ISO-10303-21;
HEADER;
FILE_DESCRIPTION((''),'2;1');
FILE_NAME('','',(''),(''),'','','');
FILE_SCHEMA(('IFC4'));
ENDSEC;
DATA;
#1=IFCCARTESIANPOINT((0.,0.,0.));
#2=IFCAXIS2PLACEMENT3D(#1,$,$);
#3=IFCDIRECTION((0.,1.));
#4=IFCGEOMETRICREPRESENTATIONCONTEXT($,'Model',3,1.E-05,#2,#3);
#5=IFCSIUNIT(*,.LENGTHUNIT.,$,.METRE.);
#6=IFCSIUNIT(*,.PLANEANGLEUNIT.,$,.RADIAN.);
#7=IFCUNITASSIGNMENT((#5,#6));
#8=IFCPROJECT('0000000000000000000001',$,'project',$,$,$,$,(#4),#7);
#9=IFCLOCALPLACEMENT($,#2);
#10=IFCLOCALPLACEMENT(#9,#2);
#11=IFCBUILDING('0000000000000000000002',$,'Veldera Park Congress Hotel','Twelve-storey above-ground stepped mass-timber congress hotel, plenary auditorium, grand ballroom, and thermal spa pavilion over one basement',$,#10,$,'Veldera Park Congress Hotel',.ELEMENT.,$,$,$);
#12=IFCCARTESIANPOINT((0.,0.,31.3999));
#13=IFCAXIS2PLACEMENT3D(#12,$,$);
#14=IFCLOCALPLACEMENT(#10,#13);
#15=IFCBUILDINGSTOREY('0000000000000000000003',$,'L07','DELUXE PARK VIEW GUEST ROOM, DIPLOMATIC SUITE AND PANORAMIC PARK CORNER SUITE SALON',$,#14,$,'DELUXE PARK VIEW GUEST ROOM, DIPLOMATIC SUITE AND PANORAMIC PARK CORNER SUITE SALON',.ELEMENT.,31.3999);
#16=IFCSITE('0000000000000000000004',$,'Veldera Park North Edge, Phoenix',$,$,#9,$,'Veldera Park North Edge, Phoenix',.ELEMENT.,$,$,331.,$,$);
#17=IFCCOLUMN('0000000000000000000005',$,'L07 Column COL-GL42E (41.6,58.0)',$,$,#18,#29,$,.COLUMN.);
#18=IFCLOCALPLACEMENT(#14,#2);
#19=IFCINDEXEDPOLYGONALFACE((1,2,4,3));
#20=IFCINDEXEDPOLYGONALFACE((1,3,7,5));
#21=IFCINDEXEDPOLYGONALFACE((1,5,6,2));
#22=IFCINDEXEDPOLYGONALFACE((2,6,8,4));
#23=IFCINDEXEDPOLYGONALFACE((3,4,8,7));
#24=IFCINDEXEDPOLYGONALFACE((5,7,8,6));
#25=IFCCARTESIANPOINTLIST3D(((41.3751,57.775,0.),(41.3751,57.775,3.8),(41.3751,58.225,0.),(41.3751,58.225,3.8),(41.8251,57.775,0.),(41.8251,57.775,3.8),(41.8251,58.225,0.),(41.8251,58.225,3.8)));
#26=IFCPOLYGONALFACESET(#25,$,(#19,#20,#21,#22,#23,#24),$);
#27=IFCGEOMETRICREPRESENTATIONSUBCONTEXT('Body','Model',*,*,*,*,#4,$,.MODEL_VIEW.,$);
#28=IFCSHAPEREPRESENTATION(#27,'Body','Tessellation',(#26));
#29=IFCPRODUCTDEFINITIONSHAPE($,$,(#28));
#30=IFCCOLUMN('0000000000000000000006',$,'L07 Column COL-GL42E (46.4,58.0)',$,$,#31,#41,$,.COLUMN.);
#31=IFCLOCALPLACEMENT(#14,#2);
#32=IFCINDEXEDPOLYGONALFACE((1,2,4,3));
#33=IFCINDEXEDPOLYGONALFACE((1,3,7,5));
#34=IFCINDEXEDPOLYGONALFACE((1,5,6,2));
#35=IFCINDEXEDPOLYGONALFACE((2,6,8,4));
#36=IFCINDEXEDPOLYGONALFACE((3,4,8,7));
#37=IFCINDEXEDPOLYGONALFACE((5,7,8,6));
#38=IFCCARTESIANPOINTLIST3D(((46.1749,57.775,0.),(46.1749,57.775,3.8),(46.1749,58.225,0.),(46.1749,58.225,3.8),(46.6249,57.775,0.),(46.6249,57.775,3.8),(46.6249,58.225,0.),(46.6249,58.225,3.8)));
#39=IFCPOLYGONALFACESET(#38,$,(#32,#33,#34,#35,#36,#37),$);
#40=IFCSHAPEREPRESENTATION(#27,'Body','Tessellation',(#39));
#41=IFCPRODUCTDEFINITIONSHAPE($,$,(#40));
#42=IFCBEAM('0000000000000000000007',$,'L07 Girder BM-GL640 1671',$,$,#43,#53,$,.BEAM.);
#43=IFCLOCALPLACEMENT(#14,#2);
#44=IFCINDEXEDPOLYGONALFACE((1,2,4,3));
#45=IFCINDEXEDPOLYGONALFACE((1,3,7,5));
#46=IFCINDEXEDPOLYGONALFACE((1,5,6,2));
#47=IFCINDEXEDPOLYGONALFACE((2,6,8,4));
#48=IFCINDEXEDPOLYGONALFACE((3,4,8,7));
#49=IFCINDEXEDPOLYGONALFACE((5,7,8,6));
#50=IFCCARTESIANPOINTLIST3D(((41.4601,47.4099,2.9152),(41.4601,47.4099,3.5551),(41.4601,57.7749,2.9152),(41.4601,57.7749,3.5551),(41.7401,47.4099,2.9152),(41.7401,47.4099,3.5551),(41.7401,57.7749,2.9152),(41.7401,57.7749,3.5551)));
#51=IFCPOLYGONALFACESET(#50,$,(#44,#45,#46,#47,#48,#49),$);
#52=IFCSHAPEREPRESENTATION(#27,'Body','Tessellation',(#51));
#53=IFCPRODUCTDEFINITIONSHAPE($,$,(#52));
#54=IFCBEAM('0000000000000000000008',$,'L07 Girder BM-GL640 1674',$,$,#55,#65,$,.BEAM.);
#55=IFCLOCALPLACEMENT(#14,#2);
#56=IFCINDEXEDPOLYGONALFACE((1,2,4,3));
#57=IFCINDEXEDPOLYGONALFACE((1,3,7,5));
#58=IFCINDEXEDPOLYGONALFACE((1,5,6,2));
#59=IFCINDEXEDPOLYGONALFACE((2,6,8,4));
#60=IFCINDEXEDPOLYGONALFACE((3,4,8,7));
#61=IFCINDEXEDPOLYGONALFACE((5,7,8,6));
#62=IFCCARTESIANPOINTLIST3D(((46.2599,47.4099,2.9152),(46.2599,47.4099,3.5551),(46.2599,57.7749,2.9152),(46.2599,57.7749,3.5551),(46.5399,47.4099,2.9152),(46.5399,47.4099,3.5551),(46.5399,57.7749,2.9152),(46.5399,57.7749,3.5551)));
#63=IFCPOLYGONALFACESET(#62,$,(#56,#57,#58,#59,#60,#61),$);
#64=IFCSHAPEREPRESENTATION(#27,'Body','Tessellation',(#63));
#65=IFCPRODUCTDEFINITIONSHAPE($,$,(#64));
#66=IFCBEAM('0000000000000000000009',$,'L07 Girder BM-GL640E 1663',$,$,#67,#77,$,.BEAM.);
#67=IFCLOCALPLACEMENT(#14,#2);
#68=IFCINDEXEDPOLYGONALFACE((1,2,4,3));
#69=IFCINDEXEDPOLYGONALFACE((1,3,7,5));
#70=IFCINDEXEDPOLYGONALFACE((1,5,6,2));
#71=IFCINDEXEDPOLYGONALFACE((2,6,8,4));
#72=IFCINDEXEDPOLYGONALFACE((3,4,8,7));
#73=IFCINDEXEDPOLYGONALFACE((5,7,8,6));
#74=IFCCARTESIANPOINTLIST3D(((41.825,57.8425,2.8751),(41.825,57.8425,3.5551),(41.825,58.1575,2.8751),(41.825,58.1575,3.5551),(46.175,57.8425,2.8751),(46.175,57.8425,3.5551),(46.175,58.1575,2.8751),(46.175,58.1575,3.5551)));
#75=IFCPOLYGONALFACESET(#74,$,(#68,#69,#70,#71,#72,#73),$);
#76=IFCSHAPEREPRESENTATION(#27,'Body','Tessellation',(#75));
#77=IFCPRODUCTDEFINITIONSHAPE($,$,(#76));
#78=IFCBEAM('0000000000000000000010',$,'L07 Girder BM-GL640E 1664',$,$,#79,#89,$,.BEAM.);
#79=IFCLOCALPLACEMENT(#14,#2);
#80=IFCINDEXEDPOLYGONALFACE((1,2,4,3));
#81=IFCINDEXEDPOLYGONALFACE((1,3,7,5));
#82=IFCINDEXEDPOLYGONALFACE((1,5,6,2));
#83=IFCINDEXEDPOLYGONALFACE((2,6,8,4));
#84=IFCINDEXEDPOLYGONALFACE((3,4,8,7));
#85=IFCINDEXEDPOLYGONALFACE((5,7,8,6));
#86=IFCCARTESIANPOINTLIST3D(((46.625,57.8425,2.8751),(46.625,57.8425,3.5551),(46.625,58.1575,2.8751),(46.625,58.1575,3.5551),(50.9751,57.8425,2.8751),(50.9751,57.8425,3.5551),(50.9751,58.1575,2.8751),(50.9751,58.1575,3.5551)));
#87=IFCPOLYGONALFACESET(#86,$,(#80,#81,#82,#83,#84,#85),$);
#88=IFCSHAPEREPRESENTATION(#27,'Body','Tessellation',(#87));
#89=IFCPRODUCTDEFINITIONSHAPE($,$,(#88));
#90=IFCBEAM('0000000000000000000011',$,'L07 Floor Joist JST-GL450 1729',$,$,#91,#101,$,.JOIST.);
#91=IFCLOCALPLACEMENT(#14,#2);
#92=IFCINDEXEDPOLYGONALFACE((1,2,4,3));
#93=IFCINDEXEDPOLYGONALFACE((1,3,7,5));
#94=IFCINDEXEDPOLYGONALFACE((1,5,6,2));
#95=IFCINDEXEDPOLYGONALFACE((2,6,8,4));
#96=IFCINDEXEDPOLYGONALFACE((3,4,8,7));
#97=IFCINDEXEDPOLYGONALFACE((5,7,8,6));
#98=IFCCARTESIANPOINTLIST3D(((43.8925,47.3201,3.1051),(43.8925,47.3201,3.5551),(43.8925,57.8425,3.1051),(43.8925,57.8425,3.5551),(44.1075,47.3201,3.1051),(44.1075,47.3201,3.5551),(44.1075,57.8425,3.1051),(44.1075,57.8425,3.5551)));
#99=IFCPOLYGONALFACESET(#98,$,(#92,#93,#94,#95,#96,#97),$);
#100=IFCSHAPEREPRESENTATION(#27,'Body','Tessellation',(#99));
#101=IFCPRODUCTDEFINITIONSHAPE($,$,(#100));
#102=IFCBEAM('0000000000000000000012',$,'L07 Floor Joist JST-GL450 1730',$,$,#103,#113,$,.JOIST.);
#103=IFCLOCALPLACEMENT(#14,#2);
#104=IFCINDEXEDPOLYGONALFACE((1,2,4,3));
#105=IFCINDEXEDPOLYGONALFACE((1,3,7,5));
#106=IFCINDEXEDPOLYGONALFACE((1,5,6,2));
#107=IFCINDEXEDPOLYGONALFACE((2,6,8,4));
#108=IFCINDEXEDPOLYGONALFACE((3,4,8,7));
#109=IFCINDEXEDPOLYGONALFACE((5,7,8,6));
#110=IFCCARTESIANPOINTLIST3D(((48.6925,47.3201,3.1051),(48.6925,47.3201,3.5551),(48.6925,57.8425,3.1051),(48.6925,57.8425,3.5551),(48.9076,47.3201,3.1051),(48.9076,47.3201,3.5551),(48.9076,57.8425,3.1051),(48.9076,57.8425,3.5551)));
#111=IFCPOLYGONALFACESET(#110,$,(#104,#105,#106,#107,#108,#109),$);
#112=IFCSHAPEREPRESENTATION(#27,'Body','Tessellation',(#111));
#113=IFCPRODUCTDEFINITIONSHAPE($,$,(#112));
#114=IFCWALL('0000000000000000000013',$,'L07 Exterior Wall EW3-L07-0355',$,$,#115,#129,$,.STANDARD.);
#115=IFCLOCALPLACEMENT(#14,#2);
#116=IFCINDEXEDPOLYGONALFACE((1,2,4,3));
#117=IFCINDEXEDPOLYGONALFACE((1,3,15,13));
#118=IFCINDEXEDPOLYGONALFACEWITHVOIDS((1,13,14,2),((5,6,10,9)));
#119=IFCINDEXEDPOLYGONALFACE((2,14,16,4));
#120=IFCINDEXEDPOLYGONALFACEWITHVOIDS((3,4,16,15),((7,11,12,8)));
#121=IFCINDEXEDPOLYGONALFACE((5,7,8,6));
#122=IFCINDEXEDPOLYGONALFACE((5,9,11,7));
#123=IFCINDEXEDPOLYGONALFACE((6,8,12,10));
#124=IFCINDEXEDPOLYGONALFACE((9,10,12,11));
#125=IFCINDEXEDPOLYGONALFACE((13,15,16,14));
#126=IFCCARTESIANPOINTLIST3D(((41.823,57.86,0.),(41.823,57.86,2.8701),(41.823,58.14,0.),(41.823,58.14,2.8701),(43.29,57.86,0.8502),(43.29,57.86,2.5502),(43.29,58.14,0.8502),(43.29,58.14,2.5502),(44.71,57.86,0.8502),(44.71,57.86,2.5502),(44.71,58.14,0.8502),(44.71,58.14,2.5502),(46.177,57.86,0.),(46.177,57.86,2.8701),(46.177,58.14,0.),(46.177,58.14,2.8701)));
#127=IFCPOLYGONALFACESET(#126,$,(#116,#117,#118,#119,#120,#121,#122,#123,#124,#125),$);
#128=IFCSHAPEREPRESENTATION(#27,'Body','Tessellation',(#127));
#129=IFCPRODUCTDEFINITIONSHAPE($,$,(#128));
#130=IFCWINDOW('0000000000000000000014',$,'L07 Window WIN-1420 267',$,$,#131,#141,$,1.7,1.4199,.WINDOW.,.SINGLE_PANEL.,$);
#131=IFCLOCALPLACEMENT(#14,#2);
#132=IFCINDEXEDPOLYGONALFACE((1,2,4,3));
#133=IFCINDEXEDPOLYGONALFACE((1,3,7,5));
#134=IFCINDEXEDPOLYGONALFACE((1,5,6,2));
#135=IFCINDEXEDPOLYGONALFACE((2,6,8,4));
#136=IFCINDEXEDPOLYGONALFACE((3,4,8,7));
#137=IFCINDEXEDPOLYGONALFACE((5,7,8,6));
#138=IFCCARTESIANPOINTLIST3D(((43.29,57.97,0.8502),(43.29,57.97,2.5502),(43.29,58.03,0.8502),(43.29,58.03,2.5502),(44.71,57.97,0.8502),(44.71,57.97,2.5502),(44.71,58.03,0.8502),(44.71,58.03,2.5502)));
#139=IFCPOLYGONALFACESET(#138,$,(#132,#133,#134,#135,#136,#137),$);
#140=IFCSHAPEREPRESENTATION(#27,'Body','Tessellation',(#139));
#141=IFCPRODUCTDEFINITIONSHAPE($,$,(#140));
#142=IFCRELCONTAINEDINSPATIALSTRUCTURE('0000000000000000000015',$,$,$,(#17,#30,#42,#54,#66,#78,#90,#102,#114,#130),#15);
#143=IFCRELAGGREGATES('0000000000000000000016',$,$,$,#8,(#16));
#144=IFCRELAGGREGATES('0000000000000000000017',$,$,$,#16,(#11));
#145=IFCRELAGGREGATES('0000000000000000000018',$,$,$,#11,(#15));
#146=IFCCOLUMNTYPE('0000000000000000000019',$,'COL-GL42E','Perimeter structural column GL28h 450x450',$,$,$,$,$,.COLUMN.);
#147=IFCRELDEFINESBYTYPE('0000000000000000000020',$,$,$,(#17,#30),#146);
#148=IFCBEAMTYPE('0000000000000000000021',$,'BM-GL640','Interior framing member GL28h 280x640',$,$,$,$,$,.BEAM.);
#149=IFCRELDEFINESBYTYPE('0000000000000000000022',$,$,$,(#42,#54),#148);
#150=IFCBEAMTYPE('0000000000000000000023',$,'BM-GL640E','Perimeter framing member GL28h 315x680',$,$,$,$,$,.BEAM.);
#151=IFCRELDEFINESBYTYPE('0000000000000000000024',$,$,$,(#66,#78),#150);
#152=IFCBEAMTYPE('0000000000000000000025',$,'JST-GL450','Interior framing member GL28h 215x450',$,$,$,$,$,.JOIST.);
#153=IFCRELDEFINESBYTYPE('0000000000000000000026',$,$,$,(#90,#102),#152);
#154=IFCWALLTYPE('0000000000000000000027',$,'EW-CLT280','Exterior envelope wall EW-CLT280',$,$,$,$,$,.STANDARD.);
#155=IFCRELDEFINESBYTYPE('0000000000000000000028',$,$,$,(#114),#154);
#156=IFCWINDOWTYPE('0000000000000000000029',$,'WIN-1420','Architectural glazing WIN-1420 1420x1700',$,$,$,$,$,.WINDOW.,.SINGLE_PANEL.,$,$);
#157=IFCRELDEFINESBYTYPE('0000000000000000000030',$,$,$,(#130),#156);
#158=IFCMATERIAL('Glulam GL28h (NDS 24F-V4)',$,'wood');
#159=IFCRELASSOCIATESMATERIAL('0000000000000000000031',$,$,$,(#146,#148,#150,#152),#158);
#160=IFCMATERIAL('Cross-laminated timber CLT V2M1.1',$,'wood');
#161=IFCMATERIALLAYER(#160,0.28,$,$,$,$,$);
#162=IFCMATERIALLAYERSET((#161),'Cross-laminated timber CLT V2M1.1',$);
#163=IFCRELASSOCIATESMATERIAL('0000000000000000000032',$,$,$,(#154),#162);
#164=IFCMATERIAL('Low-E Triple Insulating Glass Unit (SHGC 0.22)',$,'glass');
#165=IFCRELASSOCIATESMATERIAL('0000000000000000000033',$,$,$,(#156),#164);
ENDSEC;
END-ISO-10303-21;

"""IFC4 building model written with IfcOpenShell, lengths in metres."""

from ifc_helpers import new_model, si_unit, direction, frame, frame_2d, origin, origin_2d, place, context, subcontext, project, spatial, rectangle, extrude, material, layer, layer_set, material_profile, profile_set, type_object, element, fill, save


model = new_model("IFC4")

# Units and contexts
model_context = context("Model", 3, precision=1e-05, world=origin(), true_north=direction((0.0, 1.0)))
body_context = subcontext(model_context, "Body", "Model", "MODEL_VIEW")
ifc_project = project(units=[si_unit("LENGTHUNIT", "METRE"), si_unit("PLANEANGLEUNIT", "RADIAN")], contexts=[model_context])

# Site, building, storey
site_placement = place(None, origin())
site = spatial("IfcSite", under=ifc_project, at=site_placement, Name="Veldera Park North Edge, Phoenix", LongName="Veldera Park North Edge, Phoenix", CompositionType="ELEMENT", RefElevation=331.0)
building_placement = place(site_placement, origin())
building = spatial("IfcBuilding", under=site, at=building_placement, Name="Veldera Park Congress Hotel", Description="Twelve-storey above-ground stepped mass-timber congress hotel, plenary auditorium, grand ballroom, and thermal spa pavilion over one basement", LongName="Veldera Park Congress Hotel", CompositionType="ELEMENT")
storey_placement = place(building_placement, frame((0.0, 0.0, 31.3999)))
storey = spatial("IfcBuildingStorey", under=building, at=storey_placement, Name="L07", Description="DELUXE PARK VIEW GUEST ROOM, DIPLOMATIC SUITE AND PANORAMIC PARK CORNER SUITE SALON", LongName="DELUXE PARK VIEW GUEST ROOM, DIPLOMATIC SUITE AND PANORAMIC PARK CORNER SUITE SALON", CompositionType="ELEMENT", Elevation=31.3999)

# Columns
ifc_material_1 = material(Name="Glulam GL28h (NDS 24F-V4)", Category="wood")
ifc_material_profile_1 = material_profile(ifc_material_1, rectangle(XDim=0.45, YDim=0.45, at=origin_2d()), Name="GL28h 450x450")
ifc_profile_set_1 = profile_set([ifc_material_profile_1], Name="Glulam GL28h (NDS 24F-V4)")
column_type = type_object("IfcColumnType", Name="COL-GL42E", Description="Perimeter structural column GL28h 450x450", PredefinedType="COLUMN", material=ifc_profile_set_1)
for number, where, z_axis, x_axis, name in (
    (1, (41.6001, 58.0, 0.0), (0.0, 0.0, 1.0), (1.0, 0.0, 0.0), "L07 Column COL-GL42E (41.6,58.0)"),
    (2, (46.3999, 58.0, 0.0), (0.0, 0.0, 1.0), (1.0, 0.0, 0.0), "L07 Column COL-GL42E (46.4,58.0)"),
):
    element("IfcColumn", number, at=place(storey_placement, frame(where, z_axis=z_axis, x_axis=x_axis)), inside=storey, type_object=column_type, Name=name, PredefinedType="COLUMN", context=body_context, shape_type="SweptSolid", body=[
        extrude(rectangle(XDim=0.45, YDim=0.45, at=origin_2d()), origin(), (0.0, 0.0, 1.0), 3.8),
    ])

# Beams
ifc_material_profile_2 = material_profile(ifc_material_1, rectangle(XDim=0.28, YDim=0.6399, at=origin_2d()), Name="GL28h 280x640")
ifc_profile_set_2 = profile_set([ifc_material_profile_2], Name="Glulam GL28h (NDS 24F-V4)")
beam_type_1 = type_object("IfcBeamType", Name="BM-GL640", Description="Interior framing member GL28h 280x640", PredefinedType="BEAM", material=ifc_profile_set_2)
for number, where, z_axis, x_axis, name in (
    (3, (41.6001, 47.4099, 3.2351), (0.0, 1.0, 0.0), (-1.0, 0.0, 0.0), "L07 Girder BM-GL640 1671"),
    (4, (46.3999, 47.4099, 3.2351), (0.0, 1.0, 0.0), (-1.0, 0.0, 0.0), "L07 Girder BM-GL640 1674"),
):
    element("IfcBeam", number, at=place(storey_placement, frame(where, z_axis=z_axis, x_axis=x_axis)), inside=storey, type_object=beam_type_1, Name=name, PredefinedType="BEAM", context=body_context, shape_type="SweptSolid", body=[
        extrude(rectangle(XDim=0.28, YDim=0.6399, at=origin_2d()), origin(), (0.0, 0.0, 1.0), 10.365),
    ])
ifc_material_profile_3 = material_profile(ifc_material_1, rectangle(XDim=0.3149, YDim=0.6799, at=origin_2d()), Name="GL28h 315x680")
ifc_profile_set_3 = profile_set([ifc_material_profile_3], Name="Glulam GL28h (NDS 24F-V4)")
beam_type_2 = type_object("IfcBeamType", Name="BM-GL640E", Description="Perimeter framing member GL28h 315x680", PredefinedType="BEAM", material=ifc_profile_set_3)
for number, where, z_axis, x_axis, name in (
    (5, (41.825, 58.0, 3.2151), (1.0, 0.0, 0.0), (0.0, 1.0, 0.0), "L07 Girder BM-GL640E 1663"),
    (6, (46.625, 58.0, 3.2151), (1.0, 0.0, 0.0), (0.0, 1.0, 0.0), "L07 Girder BM-GL640E 1664"),
):
    element("IfcBeam", number, at=place(storey_placement, frame(where, z_axis=z_axis, x_axis=x_axis)), inside=storey, type_object=beam_type_2, Name=name, PredefinedType="BEAM", context=body_context, shape_type="SweptSolid", body=[
        extrude(rectangle(XDim=0.3149, YDim=0.6799, at=origin_2d()), origin(), (0.0, 0.0, 1.0), 4.3501),
    ])
ifc_material_profile_4 = material_profile(ifc_material_1, rectangle(XDim=0.2151, YDim=0.45, at=origin_2d()), Name="GL28h 215x450")
ifc_profile_set_4 = profile_set([ifc_material_profile_4], Name="Glulam GL28h (NDS 24F-V4)")
beam_type_3 = type_object("IfcBeamType", Name="JST-GL450", Description="Interior framing member GL28h 215x450", PredefinedType="JOIST", material=ifc_profile_set_4)
for number, where, z_axis, x_axis, name in (
    (7, (44.0, 47.3201, 3.3301), (0.0, 1.0, 0.0), (-1.0, 0.0, 0.0), "L07 Floor Joist JST-GL450 1729"),
    (8, (48.8, 47.3201, 3.3301), (0.0, 1.0, 0.0), (-1.0, 0.0, 0.0), "L07 Floor Joist JST-GL450 1730"),
):
    element("IfcBeam", number, at=place(storey_placement, frame(where, z_axis=z_axis, x_axis=x_axis)), inside=storey, type_object=beam_type_3, Name=name, PredefinedType="JOIST", context=body_context, shape_type="SweptSolid", body=[
        extrude(rectangle(XDim=0.2151, YDim=0.45, at=origin_2d()), origin(), (0.0, 0.0, 1.0), 10.5225),
    ])

# Wall, opening, window
ifc_material_2 = material(Name="Cross-laminated timber CLT V2M1.1", Category="wood")
ifc_layer = layer(ifc_material_2, 0.28)
ifc_layer_set = layer_set([ifc_layer], Name="Cross-laminated timber CLT V2M1.1")
wall_type = type_object("IfcWallType", Name="EW-CLT280", Description="Exterior envelope wall EW-CLT280", PredefinedType="STANDARD", material=ifc_layer_set)
wall_1_placement = place(storey_placement, frame((46.177, 58.0, 0.0), z_axis=(0.0, 0.0, 1.0), x_axis=(-1.0, 0.0, 0.0)))
wall_1 = element("IfcWall", 9, at=wall_1_placement, inside=storey, type_object=wall_type, Name="L07 Exterior Wall EW3-L07-0355", PredefinedType="STANDARD", context=body_context, shape_type="SweptSolid", body=[
    extrude(rectangle(XDim=4.354, YDim=0.28, at=frame_2d((2.177, 0.0))), origin(), (0.0, 0.0, 1.0), 2.8701),
])
opening_1_placement = place(wall_1_placement, frame((1.467, 0.0, 0.8501)))
opening_1 = element("IfcOpeningElement", 10, at=opening_1_placement, cuts=wall_1, PredefinedType="OPENING", context=body_context, shape_type="SweptSolid", body=[
    extrude(rectangle(XDim=1.4199, YDim=1.7, at=frame_2d((0.71, 0.8501))), frame((0.0, 0.1521, 0.0), z_axis=(0.0, -1.0, 0.0), x_axis=(1.0, 0.0, 0.0)), (0.0, 0.0, 1.0), 0.304),
])
ifc_material_3 = material(Name="Low-E Triple Insulating Glass Unit (SHGC 0.22)", Category="glass")
window_type_1 = type_object("IfcWindowType", Name="WIN-1420", Description="Architectural glazing WIN-1420 1420x1700", PartitioningType="SINGLE_PANEL", PredefinedType="WINDOW", material=ifc_material_3)
window_1_placement = place(opening_1_placement, origin())
window_1 = element("IfcWindow", 11, at=window_1_placement, inside=storey, type_object=window_type_1, Name="L07 Window WIN-1420 267", OverallHeight=1.7, OverallWidth=1.4199, PartitioningType="SINGLE_PANEL", PredefinedType="WINDOW", context=body_context, shape_type="SweptSolid", body=[
    extrude(rectangle(XDim=1.4199, YDim=1.7, at=frame_2d((0.71, 0.8501))), frame((0.0, 0.03, 0.0), z_axis=(0.0, -1.0, 0.0), x_axis=(1.0, 0.0, 0.0)), (0.0, 0.0, 1.0), 0.0601),
])
fill(opening_1, window_1)

save(model, "model.ifc")
